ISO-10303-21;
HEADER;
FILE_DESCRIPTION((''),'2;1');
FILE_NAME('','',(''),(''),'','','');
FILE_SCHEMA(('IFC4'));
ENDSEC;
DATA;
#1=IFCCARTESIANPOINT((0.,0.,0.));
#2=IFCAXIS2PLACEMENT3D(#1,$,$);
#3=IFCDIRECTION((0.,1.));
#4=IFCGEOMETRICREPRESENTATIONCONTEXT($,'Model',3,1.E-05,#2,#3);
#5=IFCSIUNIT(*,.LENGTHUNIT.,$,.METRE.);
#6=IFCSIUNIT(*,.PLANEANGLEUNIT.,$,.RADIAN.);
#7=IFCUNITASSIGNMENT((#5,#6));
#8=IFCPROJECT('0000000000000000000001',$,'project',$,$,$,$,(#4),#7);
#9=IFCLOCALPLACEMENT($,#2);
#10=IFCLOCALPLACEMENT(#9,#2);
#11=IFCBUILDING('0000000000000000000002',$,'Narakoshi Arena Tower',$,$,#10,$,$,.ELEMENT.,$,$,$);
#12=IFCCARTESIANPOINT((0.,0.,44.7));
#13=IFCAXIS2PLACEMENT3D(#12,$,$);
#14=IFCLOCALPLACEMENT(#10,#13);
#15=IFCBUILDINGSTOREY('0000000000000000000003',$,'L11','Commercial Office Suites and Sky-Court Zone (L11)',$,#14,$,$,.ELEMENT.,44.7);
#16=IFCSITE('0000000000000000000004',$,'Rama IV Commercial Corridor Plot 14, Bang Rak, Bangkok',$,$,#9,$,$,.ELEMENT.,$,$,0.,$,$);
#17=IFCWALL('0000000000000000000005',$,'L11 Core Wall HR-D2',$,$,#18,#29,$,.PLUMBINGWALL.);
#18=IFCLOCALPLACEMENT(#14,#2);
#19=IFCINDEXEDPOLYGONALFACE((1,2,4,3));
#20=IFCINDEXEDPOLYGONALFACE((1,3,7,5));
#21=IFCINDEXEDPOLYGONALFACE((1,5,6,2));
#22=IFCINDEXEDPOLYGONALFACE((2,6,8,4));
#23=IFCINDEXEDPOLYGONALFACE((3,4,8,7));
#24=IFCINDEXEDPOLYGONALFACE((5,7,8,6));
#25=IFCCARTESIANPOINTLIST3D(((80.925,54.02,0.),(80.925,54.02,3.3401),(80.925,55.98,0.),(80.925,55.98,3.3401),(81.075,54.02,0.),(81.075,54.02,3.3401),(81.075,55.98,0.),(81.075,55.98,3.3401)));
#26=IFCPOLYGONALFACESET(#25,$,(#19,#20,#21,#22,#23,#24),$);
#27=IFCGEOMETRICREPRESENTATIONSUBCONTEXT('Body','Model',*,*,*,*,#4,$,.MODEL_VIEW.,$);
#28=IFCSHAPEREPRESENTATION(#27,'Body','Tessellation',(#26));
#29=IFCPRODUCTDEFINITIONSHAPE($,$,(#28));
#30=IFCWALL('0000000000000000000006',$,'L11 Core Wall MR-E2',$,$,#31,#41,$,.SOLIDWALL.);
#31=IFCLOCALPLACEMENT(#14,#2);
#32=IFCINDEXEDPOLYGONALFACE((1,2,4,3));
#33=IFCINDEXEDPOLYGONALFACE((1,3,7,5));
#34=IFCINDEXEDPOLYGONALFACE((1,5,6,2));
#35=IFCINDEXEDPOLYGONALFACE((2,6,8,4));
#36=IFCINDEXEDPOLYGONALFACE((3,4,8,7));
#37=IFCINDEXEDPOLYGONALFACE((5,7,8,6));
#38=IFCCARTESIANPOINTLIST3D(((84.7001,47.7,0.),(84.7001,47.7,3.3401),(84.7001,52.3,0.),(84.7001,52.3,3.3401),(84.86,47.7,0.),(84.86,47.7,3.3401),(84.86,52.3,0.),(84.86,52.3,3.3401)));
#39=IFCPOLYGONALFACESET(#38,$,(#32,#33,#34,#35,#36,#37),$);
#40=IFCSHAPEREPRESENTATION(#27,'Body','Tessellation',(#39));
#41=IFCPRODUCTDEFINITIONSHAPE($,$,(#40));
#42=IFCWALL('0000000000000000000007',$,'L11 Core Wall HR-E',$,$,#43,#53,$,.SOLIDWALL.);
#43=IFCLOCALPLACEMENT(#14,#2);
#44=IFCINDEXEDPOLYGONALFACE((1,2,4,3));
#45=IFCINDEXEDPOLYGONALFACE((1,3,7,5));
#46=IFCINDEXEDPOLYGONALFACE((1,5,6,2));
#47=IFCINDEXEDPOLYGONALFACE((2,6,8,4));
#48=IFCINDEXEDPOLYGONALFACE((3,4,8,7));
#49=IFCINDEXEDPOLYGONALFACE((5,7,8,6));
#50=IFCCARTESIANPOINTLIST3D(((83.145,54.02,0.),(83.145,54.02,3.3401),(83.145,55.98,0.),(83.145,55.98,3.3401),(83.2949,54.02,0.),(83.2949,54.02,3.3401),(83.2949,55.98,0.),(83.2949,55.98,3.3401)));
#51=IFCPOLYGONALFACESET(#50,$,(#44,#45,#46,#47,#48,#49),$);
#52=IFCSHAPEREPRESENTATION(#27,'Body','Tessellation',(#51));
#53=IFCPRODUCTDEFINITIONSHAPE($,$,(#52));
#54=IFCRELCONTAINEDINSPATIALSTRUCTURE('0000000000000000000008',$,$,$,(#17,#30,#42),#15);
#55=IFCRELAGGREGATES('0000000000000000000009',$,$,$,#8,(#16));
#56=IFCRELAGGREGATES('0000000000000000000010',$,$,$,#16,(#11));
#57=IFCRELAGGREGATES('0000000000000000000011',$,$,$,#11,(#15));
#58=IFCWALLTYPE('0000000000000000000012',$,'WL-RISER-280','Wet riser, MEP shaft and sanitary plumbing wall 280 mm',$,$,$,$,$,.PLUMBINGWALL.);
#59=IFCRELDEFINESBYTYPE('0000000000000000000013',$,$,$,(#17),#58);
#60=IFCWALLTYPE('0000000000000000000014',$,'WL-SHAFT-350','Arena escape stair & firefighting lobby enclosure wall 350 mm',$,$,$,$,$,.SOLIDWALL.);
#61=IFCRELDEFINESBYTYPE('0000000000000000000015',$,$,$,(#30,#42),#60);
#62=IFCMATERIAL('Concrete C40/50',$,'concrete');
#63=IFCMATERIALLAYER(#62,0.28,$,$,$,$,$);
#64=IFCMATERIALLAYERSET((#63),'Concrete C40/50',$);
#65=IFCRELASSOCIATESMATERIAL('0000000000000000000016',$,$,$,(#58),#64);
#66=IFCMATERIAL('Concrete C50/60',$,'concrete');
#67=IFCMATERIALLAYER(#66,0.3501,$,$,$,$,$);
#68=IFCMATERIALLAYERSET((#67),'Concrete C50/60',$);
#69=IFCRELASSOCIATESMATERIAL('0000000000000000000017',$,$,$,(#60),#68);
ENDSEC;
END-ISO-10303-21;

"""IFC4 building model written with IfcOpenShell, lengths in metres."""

from ifc_helpers import new_model, si_unit, direction, frame, frame_2d, origin, place, context, subcontext, project, spatial, rectangle, extrude, material, layer, layer_set, type_object, element, save


model = new_model("IFC4")

# Units and contexts
model_context = context("Model", 3, precision=1e-05, world=origin(), true_north=direction((0.0, 1.0)))
body_context = subcontext(model_context, "Body", "Model", "MODEL_VIEW")
ifc_project = project(units=[si_unit("LENGTHUNIT", "METRE"), si_unit("PLANEANGLEUNIT", "RADIAN")], contexts=[model_context])

# Site, building, storey
site_placement = place(None, origin())
site = spatial("IfcSite", under=ifc_project, at=site_placement, Name="Rama IV Commercial Corridor Plot 14, Bang Rak, Bangkok", CompositionType="ELEMENT", RefElevation=0.0)
building_placement = place(site_placement, origin())
building = spatial("IfcBuilding", under=site, at=building_placement, Name="Narakoshi Arena Tower", CompositionType="ELEMENT")
storey_placement = place(building_placement, frame((0.0, 0.0, 44.7)))
storey = spatial("IfcBuildingStorey", under=building, at=storey_placement, Name="L11", Description="Commercial Office Suites and Sky-Court Zone (L11)", CompositionType="ELEMENT", Elevation=44.7)

# Shared definitions
ifc_material_1 = material(Name="Concrete C40/50", Category="concrete")
ifc_layer_1 = layer(ifc_material_1, 0.28)
ifc_layer_set_1 = layer_set([ifc_layer_1], Name="Concrete C40/50")
wall_type_1 = type_object("IfcWallType", Name="WL-RISER-280", Description="Wet riser, MEP shaft and sanitary plumbing wall 280 mm", PredefinedType="PLUMBINGWALL", material=ifc_layer_set_1)

# Walls
wall_1_placement = place(storey_placement, frame((81.0, 54.02, 0.0), z_axis=(0.0, 0.0, 1.0), x_axis=(0.0, 1.0, 0.0)))
element("IfcWall", 1, at=wall_1_placement, inside=storey, type_object=wall_type_1, Name="L11 Core Wall HR-D2", PredefinedType="PLUMBINGWALL", context=body_context, shape_type="SweptSolid", body=[
    extrude(rectangle(XDim=1.96, YDim=0.1499, at=frame_2d((0.98, 0.0))), origin(), (0.0, 0.0, 1.0), 3.3401),
])
ifc_material_2 = material(Name="Concrete C50/60", Category="concrete")
ifc_layer_2 = layer(ifc_material_2, 0.3501)
ifc_layer_set_2 = layer_set([ifc_layer_2], Name="Concrete C50/60")
wall_type_2 = type_object("IfcWallType", Name="WL-SHAFT-350", Description="Arena escape stair & firefighting lobby enclosure wall 350 mm", PredefinedType="SOLIDWALL", material=ifc_layer_set_2)
wall_2_placement = place(storey_placement, frame((84.78, 47.7, 0.0), z_axis=(0.0, 0.0, 1.0), x_axis=(0.0, 1.0, 0.0)))
element("IfcWall", 2, at=wall_2_placement, inside=storey, type_object=wall_type_2, Name="L11 Core Wall MR-E2", PredefinedType="SOLIDWALL", context=body_context, shape_type="SweptSolid", body=[
    extrude(rectangle(XDim=4.6001, YDim=0.1599, at=frame_2d((2.3, 0.0))), origin(), (0.0, 0.0, 1.0), 3.3401),
])
wall_3_placement = place(storey_placement, frame((83.22, 54.02, 0.0), z_axis=(0.0, 0.0, 1.0), x_axis=(0.0, 1.0, 0.0)))
element("IfcWall", 3, at=wall_3_placement, inside=storey, type_object=wall_type_2, Name="L11 Core Wall HR-E", PredefinedType="SOLIDWALL", context=body_context, shape_type="SweptSolid", body=[
    extrude(rectangle(XDim=1.96, YDim=0.1499, at=frame_2d((0.98, 0.0))), origin(), (0.0, 0.0, 1.0), 3.3401),
])

save(model, "model.ifc")
